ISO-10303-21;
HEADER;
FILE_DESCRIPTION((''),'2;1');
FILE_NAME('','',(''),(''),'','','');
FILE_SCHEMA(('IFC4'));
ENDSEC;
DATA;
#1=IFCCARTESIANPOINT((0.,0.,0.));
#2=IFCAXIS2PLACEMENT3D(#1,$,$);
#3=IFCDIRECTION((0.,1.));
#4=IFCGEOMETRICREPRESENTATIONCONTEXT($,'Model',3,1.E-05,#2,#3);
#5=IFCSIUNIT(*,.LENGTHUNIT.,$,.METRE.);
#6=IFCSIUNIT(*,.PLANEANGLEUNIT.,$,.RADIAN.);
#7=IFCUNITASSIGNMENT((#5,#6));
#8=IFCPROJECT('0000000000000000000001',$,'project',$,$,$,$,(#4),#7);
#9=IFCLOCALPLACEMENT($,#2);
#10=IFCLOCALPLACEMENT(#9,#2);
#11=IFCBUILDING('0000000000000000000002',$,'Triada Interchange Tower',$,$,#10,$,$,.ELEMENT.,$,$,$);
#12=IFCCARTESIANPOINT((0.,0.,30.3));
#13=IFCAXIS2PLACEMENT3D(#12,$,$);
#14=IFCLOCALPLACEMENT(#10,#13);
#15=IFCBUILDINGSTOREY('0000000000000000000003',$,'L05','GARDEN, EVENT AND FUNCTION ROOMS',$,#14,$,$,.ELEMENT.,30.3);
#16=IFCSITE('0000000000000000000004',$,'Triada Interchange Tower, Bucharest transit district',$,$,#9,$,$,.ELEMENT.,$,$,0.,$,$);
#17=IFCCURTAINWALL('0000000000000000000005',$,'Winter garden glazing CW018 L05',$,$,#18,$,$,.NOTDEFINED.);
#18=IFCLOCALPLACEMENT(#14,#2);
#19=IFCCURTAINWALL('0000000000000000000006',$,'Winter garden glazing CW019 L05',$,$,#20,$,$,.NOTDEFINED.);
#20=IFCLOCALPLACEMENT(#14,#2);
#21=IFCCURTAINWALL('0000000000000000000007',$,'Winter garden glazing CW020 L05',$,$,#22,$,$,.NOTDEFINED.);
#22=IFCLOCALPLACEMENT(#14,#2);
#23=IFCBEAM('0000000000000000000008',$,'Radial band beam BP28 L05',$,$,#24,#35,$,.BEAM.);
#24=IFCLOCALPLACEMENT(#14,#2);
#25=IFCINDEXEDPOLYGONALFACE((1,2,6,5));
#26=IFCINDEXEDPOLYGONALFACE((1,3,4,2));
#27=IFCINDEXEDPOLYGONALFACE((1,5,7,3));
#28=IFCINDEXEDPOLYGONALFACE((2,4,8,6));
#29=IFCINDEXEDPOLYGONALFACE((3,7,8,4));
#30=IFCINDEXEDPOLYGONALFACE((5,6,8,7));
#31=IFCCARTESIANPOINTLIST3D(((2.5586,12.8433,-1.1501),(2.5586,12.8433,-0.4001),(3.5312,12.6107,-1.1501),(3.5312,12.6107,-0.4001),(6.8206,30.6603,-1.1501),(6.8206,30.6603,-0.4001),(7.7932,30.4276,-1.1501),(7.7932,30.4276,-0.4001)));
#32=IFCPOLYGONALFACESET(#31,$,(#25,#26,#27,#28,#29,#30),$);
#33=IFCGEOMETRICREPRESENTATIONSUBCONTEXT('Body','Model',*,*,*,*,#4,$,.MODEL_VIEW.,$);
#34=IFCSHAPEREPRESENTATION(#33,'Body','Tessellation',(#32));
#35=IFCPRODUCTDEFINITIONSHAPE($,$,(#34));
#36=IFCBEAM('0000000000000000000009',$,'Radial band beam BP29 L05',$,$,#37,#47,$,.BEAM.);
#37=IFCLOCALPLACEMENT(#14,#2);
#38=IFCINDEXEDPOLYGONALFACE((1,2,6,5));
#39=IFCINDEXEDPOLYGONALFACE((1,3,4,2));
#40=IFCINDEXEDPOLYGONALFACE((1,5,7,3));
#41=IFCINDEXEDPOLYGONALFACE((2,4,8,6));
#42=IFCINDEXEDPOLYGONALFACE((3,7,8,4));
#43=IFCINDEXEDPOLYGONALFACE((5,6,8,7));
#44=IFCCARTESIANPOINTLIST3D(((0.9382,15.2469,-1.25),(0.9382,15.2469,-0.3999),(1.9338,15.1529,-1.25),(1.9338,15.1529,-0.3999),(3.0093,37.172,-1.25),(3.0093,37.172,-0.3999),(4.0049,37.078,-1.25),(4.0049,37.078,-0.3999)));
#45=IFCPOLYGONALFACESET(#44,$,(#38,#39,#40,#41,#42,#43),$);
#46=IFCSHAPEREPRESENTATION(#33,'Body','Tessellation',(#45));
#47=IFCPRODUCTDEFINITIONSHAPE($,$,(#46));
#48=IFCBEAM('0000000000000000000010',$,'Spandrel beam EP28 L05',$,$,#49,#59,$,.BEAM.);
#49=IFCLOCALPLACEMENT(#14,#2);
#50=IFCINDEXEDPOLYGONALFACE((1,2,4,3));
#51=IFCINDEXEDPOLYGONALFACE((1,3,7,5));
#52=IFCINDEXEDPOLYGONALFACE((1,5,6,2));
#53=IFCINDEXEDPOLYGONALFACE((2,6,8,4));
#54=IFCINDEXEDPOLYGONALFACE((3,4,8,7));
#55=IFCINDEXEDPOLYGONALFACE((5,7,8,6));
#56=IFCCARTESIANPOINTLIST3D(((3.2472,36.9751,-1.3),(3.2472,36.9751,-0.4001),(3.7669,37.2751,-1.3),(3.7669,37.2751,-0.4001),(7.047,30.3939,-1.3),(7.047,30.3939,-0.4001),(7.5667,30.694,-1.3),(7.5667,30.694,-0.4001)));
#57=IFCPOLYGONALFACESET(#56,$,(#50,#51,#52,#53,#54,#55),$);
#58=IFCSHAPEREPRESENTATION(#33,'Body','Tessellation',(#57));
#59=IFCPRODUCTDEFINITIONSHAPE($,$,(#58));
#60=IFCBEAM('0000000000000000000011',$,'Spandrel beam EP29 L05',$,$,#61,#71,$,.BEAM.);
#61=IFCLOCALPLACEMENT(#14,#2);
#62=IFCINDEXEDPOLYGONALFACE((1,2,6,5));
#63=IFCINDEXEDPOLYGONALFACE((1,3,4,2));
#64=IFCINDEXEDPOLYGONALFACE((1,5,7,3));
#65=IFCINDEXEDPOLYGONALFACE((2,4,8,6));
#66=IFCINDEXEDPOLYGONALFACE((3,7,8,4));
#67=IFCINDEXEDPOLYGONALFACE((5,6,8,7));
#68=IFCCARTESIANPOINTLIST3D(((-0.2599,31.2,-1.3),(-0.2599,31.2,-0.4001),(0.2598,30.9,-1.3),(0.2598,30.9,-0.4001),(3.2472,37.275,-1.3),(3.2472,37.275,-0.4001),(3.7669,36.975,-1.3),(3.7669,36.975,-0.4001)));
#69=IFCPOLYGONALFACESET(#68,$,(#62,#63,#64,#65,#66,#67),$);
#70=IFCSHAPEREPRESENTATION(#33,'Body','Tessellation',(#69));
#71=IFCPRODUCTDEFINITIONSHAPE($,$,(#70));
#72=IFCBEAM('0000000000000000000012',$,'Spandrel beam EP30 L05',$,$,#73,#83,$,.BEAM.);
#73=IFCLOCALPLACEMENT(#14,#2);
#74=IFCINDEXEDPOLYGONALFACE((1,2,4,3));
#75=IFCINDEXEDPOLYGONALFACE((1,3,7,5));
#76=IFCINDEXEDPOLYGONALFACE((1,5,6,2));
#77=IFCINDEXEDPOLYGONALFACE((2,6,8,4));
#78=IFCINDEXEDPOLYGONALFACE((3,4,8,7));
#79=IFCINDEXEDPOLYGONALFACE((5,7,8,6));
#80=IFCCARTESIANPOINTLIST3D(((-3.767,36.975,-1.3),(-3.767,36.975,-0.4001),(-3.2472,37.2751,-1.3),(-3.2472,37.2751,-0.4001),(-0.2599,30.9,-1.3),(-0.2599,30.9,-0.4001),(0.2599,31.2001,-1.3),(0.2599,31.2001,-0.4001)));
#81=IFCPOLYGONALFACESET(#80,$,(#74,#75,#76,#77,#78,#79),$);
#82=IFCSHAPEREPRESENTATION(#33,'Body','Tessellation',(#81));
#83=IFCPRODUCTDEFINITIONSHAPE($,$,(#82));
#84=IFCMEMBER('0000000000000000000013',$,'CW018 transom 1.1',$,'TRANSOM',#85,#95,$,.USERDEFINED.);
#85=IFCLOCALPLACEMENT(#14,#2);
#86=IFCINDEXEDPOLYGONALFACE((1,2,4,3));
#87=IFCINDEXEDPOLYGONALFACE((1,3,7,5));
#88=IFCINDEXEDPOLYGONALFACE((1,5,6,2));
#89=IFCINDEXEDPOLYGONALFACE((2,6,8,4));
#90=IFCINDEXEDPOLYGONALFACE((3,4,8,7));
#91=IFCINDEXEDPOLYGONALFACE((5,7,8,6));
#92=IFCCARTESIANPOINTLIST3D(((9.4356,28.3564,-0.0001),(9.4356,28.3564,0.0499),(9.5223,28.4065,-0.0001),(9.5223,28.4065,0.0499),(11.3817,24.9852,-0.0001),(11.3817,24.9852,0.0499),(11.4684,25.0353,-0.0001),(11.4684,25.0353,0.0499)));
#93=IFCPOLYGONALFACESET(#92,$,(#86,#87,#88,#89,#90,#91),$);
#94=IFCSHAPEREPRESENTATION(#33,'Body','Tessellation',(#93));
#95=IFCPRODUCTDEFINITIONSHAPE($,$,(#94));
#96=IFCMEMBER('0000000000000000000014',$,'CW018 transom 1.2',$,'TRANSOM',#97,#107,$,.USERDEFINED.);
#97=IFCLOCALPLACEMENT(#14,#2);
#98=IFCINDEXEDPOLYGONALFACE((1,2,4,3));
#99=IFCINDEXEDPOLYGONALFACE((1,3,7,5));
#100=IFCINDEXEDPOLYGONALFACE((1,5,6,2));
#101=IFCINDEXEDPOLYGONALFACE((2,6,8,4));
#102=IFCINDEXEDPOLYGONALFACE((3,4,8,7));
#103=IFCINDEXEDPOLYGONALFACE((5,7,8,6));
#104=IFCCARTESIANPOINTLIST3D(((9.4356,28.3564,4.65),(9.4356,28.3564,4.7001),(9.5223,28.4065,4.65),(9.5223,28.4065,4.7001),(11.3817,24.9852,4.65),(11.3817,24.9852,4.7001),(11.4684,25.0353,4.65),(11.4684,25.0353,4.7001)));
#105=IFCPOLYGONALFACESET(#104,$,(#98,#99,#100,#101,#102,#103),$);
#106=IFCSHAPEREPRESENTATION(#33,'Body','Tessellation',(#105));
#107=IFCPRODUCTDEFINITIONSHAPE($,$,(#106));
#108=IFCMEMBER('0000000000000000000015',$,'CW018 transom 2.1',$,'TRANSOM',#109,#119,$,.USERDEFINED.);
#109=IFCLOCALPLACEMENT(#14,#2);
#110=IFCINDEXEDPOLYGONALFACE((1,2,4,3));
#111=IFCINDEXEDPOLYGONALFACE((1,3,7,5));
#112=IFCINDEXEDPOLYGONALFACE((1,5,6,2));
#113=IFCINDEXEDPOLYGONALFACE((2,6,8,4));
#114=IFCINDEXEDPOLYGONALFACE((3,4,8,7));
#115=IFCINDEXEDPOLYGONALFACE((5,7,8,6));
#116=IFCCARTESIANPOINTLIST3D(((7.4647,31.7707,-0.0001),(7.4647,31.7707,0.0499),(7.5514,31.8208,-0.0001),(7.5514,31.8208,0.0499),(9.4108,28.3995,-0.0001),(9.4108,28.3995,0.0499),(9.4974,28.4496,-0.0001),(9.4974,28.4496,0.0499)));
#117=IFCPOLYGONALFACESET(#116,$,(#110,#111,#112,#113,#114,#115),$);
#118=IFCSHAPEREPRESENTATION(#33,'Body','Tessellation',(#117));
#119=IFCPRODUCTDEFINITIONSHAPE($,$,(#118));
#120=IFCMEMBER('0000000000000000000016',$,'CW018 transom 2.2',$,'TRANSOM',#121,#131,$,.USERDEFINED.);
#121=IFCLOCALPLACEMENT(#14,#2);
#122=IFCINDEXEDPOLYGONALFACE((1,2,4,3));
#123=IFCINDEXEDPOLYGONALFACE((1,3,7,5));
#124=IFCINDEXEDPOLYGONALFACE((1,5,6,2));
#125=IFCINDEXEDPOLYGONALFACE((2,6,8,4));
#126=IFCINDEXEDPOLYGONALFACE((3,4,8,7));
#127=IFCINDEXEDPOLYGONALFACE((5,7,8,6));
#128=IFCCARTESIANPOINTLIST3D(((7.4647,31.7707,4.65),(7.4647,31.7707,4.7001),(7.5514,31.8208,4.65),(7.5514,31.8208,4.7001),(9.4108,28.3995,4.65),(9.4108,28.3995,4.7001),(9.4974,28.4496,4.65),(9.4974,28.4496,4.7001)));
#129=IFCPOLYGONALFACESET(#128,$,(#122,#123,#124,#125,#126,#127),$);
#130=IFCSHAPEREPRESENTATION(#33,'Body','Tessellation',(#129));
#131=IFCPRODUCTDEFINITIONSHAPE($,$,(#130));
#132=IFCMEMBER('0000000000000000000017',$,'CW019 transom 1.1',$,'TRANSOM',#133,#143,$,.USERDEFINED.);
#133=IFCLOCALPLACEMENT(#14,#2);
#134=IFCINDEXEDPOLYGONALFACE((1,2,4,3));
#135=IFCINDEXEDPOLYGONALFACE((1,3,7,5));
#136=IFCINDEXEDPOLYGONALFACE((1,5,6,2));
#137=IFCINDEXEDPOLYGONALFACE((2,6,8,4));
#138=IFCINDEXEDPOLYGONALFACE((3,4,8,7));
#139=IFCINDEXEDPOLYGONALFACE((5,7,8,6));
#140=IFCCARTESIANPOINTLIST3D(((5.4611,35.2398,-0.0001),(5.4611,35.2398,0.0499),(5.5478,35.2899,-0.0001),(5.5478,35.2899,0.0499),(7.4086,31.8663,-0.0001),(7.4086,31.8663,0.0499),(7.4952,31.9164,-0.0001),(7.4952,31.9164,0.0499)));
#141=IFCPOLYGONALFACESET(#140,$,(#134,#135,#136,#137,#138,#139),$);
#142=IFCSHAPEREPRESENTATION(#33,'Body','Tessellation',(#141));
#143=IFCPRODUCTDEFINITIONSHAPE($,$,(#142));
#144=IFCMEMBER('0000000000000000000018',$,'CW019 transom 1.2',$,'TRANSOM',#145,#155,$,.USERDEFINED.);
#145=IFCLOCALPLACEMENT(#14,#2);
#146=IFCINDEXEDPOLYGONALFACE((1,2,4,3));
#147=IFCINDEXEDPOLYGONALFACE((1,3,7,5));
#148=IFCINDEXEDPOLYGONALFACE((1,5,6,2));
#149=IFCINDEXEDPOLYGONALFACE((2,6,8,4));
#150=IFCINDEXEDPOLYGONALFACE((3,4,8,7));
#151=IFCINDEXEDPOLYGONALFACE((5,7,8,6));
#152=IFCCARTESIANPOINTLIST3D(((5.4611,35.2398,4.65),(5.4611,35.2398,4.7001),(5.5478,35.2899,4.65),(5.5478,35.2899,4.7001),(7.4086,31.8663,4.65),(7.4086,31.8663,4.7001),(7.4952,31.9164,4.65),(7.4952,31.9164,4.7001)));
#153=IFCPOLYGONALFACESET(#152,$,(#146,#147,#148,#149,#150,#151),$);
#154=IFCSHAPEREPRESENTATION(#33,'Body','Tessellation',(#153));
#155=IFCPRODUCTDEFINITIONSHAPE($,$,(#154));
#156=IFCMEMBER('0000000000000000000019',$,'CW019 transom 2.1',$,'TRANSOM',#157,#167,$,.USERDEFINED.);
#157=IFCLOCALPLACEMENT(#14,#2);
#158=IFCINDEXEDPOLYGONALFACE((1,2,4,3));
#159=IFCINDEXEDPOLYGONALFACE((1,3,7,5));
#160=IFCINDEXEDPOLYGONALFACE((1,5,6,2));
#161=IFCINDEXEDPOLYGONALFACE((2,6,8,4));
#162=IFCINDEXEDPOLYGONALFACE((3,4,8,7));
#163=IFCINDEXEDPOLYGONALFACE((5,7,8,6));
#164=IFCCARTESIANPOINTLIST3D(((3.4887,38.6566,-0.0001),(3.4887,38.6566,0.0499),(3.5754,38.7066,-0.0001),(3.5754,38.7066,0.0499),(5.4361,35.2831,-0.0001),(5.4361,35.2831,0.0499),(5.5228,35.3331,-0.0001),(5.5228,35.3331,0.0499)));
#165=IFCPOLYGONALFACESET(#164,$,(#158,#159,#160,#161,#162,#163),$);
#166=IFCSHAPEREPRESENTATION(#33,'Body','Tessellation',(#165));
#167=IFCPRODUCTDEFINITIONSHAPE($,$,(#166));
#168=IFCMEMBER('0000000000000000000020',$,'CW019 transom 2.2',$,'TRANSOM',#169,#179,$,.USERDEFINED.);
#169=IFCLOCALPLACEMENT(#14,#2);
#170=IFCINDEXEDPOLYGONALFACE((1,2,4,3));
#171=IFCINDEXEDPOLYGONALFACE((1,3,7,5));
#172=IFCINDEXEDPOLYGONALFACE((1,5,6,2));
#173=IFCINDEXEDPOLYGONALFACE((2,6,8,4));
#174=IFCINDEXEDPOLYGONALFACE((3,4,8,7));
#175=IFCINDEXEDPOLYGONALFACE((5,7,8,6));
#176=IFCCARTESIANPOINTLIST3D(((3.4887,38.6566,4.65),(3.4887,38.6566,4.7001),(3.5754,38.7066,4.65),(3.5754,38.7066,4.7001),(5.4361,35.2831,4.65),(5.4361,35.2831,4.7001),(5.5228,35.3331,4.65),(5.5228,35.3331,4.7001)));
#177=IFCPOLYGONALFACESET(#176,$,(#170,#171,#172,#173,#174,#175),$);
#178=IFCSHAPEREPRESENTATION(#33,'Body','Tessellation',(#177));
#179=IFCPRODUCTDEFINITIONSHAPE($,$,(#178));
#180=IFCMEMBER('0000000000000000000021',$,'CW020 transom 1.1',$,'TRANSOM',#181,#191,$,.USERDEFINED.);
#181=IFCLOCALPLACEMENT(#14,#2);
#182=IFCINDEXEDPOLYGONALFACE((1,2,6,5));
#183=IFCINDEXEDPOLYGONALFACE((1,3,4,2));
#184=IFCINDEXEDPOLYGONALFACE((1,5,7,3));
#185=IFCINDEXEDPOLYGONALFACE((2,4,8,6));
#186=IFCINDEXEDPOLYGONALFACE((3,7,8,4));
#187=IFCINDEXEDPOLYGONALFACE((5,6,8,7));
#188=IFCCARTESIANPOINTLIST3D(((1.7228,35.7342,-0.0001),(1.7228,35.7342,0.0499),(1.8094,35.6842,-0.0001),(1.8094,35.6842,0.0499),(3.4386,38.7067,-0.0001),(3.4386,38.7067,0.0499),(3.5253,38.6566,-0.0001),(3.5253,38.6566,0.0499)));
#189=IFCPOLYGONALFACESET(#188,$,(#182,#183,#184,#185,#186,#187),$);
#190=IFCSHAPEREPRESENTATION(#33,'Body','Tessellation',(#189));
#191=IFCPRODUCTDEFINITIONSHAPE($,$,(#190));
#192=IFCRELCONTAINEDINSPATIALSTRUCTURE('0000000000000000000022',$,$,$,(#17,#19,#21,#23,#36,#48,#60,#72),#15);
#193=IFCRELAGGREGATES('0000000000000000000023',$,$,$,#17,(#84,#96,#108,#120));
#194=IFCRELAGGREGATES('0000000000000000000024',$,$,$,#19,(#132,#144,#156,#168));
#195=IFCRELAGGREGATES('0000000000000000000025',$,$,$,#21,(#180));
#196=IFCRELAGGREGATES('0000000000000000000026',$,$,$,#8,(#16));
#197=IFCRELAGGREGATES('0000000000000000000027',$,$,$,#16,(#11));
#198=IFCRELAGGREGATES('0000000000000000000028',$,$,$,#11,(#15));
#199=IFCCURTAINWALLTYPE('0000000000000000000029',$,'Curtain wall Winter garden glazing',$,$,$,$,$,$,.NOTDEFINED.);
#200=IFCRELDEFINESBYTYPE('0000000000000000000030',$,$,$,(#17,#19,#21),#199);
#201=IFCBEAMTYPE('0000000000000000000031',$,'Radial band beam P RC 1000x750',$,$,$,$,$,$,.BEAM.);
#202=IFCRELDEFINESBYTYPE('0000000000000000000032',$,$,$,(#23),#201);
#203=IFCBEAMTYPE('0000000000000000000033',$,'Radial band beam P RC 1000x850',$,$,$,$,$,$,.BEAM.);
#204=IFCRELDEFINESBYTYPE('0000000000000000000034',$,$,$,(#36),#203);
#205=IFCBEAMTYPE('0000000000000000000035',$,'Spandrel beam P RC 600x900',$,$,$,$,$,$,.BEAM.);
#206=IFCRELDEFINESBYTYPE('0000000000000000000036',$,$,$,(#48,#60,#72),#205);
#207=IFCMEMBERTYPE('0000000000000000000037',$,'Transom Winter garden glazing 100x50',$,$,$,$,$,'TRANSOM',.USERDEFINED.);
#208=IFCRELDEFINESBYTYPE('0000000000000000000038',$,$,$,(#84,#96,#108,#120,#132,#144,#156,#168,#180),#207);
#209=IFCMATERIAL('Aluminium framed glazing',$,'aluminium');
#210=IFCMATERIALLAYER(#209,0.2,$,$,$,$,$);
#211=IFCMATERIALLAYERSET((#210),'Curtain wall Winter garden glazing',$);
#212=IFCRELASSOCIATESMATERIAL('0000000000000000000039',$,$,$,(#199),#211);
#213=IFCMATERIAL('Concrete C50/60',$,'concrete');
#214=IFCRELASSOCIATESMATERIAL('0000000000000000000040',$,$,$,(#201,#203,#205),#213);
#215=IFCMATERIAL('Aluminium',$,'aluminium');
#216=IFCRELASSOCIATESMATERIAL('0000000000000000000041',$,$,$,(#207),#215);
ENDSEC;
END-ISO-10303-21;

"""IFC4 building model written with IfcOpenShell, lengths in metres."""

from ifc_helpers import new_model, si_unit, direction, frame, origin, origin_2d, place, context, subcontext, project, spatial, rectangle, extrude, material, layer, layer_set, material_profile, profile_set, type_object, element, aggregate, save


model = new_model("IFC4")

# Units and contexts
model_context = context("Model", 3, precision=1e-05, world=origin(), true_north=direction((0.0, 1.0)))
body_context = subcontext(model_context, "Body", "Model", "MODEL_VIEW")
ifc_project = project(units=[si_unit("LENGTHUNIT", "METRE"), si_unit("PLANEANGLEUNIT", "RADIAN")], contexts=[model_context])

# Site, building, storey
site_placement = place(None, origin())
site = spatial("IfcSite", under=ifc_project, at=site_placement, Name="Triada Interchange Tower, Bucharest transit district", CompositionType="ELEMENT", RefElevation=0.0)
building_placement = place(site_placement, origin())
building = spatial("IfcBuilding", under=site, at=building_placement, Name="Triada Interchange Tower", CompositionType="ELEMENT")
storey_placement = place(building_placement, frame((0.0, 0.0, 30.3)))
storey = spatial("IfcBuildingStorey", under=building, at=storey_placement, Name="L05", Description="GARDEN, EVENT AND FUNCTION ROOMS", CompositionType="ELEMENT", Elevation=30.3)

# Curtain walls
ifc_material_1 = material(Name="Aluminium framed glazing", Category="aluminium")
ifc_layer_1 = layer(ifc_material_1, 0.2)
ifc_layer_set_1 = layer_set([ifc_layer_1], Name="Curtain wall Winter garden glazing")
curtain_wall_type = type_object("IfcCurtainWallType", Name="Curtain wall Winter garden glazing", PredefinedType="NOTDEFINED", material=ifc_layer_set_1)
curtain_wall_1_placement = place(storey_placement, origin())
curtain_wall_1 = element("IfcCurtainWall", 1, at=curtain_wall_1_placement, inside=storey, type_object=curtain_wall_type, Name="Winter garden glazing CW018 L05", PredefinedType="NOTDEFINED")
ifc_material_2 = material(Name="Aluminium", Category="aluminium")
curtain_wall_2_placement = place(storey_placement, origin())
curtain_wall_2 = element("IfcCurtainWall", 2, at=curtain_wall_2_placement, inside=storey, type_object=curtain_wall_type, Name="Winter garden glazing CW019 L05", PredefinedType="NOTDEFINED")
curtain_wall_3_placement = place(storey_placement, origin())
curtain_wall_3 = element("IfcCurtainWall", 3, at=curtain_wall_3_placement, inside=storey, type_object=curtain_wall_type, Name="Winter garden glazing CW020 L05", PredefinedType="NOTDEFINED")

# Beams
ifc_material_3 = material(Name="Concrete C50/60", Category="concrete")
ifc_material_profile_1 = material_profile(ifc_material_3, rectangle(XDim=1.0, YDim=0.75, at=origin_2d()), Name="RC 1000x750")
ifc_profile_set_1 = profile_set([ifc_material_profile_1], Name="Concrete C50/60")
beam_type_1 = type_object("IfcBeamType", Name="Radial band beam P RC 1000x750", PredefinedType="BEAM", material=ifc_profile_set_1)
beam_1_placement = place(storey_placement, frame((7.3069, 30.5439, -0.7751), z_axis=(-0.232646, -0.972562, 0.0), x_axis=(0.972562, -0.232646, 0.0)))
element("IfcBeam", 4, at=beam_1_placement, inside=storey, type_object=beam_type_1, Name="Radial band beam BP28 L05", PredefinedType="BEAM", context=body_context, shape_type="SweptSolid", body=[
    extrude(rectangle(XDim=1.0, YDim=0.75, at=origin_2d()), origin(), (0.0, 0.0, 1.0), 18.3196),
])
ifc_material_profile_2 = material_profile(ifc_material_3, rectangle(XDim=1.0, YDim=0.8501, at=origin_2d()), Name="RC 1000x850")
ifc_profile_set_2 = profile_set([ifc_material_profile_2], Name="Concrete C50/60")
beam_type_2 = type_object("IfcBeamType", Name="Radial band beam P RC 1000x850", PredefinedType="BEAM", material=ifc_profile_set_2)
beam_2_placement = place(storey_placement, frame((3.5071, 37.125, -0.825), z_axis=(-0.094042, -0.995568, 0.0), x_axis=(0.995568, -0.094042, 0.0)))
element("IfcBeam", 5, at=beam_2_placement, inside=storey, type_object=beam_type_2, Name="Radial band beam BP29 L05", PredefinedType="BEAM", context=body_context, shape_type="SweptSolid", body=[
    extrude(rectangle(XDim=1.0, YDim=0.8501, at=origin_2d()), origin(), (0.0, 0.0, 1.0), 22.0227),
])
ifc_material_profile_3 = material_profile(ifc_material_3, rectangle(XDim=0.6001, YDim=0.8999, at=origin_2d()), Name="RC 600x900")
ifc_profile_set_3 = profile_set([ifc_material_profile_3], Name="Concrete C50/60")
beam_type_3 = type_object("IfcBeamType", Name="Spandrel beam P RC 600x900", PredefinedType="BEAM", material=ifc_profile_set_3)
beam_3_placement = place(storey_placement, frame((7.3069, 30.5439, -0.8501), z_axis=(-0.500023, 0.866012, 0.0), x_axis=(-0.866012, -0.500023, 0.0)))
element("IfcBeam", 6, at=beam_3_placement, inside=storey, type_object=beam_type_3, Name="Spandrel beam EP28 L05", PredefinedType="BEAM", context=body_context, shape_type="SweptSolid", body=[
    extrude(rectangle(XDim=0.6001, YDim=0.8999, at=origin_2d()), origin(), (0.0, 0.0, 1.0), 7.5994),
])
for number, where, z_axis, x_axis, name in (
    (7, (3.5071, 37.125, -0.8501), (-0.499968, -0.866044, 0.0), (0.866044, -0.499968, 0.0), "Spandrel beam EP29 L05"),
    (8, (0.0, 31.05, -0.8501), (-0.499968, 0.866044, 0.0), (-0.866044, -0.499968, 0.0), "Spandrel beam EP30 L05"),
):
    element("IfcBeam", number, at=place(storey_placement, frame(where, z_axis=z_axis, x_axis=x_axis)), inside=storey, type_object=beam_type_3, Name=name, PredefinedType="BEAM", context=body_context, shape_type="SweptSolid", body=[
        extrude(rectangle(XDim=0.6001, YDim=0.8999, at=origin_2d()), origin(), (0.0, 0.0, 1.0), 7.0146),
    ])

# Members
ifc_material_profile_4 = material_profile(ifc_material_2, rectangle(XDim=0.1001, YDim=0.05, at=origin_2d()), Name="Aluminium transom")
ifc_profile_set_4 = profile_set([ifc_material_profile_4], Name="Aluminium")
member_type_1 = type_object("IfcMemberType", Name="Transom Winter garden glazing 100x50", ElementType="TRANSOM", PredefinedType="USERDEFINED", material=ifc_profile_set_4)
member_1_placement = place(storey_placement, frame((11.425, 25.0103, 0.0249), z_axis=(-0.49995, 0.866054, 0.0), x_axis=(-0.866054, -0.49995, 0.0)))
member_1 = element("IfcMember", 9, at=member_1_placement, type_object=member_type_1, Name="CW018 transom 1.1", ObjectType="TRANSOM", PredefinedType="USERDEFINED", context=body_context, shape_type="SweptSolid", body=[
    extrude(rectangle(XDim=0.1001, YDim=0.05, at=origin_2d()), origin(), (0.0, 0.0, 1.0), 3.8926),
])
member_2_placement = place(storey_placement, frame((11.425, 25.0103, 4.675), z_axis=(-0.49995, 0.866054, 0.0), x_axis=(-0.866054, -0.49995, 0.0)))
member_2 = element("IfcMember", 10, at=member_2_placement, type_object=member_type_1, Name="CW018 transom 1.2", ObjectType="TRANSOM", PredefinedType="USERDEFINED", context=body_context, shape_type="SweptSolid", body=[
    extrude(rectangle(XDim=0.1001, YDim=0.05, at=origin_2d()), origin(), (0.0, 0.0, 1.0), 3.8926),
])
member_3_placement = place(storey_placement, frame((9.4541, 28.4246, 0.0249), z_axis=(-0.49995, 0.866054, 0.0), x_axis=(-0.866054, -0.49995, 0.0)))
member_3 = element("IfcMember", 11, at=member_3_placement, type_object=member_type_1, Name="CW018 transom 2.1", ObjectType="TRANSOM", PredefinedType="USERDEFINED", context=body_context, shape_type="SweptSolid", body=[
    extrude(rectangle(XDim=0.1001, YDim=0.05, at=origin_2d()), origin(), (0.0, 0.0, 1.0), 3.8926),
])
member_4_placement = place(storey_placement, frame((9.4541, 28.4246, 4.675), z_axis=(-0.49995, 0.866054, 0.0), x_axis=(-0.866054, -0.49995, 0.0)))
member_4 = element("IfcMember", 12, at=member_4_placement, type_object=member_type_1, Name="CW018 transom 2.2", ObjectType="TRANSOM", PredefinedType="USERDEFINED", context=body_context, shape_type="SweptSolid", body=[
    extrude(rectangle(XDim=0.1001, YDim=0.05, at=origin_2d()), origin(), (0.0, 0.0, 1.0), 3.8926),
])
member_5_placement = place(storey_placement, frame((7.4519, 31.8914, 0.0249), z_axis=(-0.499961, 0.866048, 0.0), x_axis=(-0.866048, -0.499961, 0.0)))
member_5 = element("IfcMember", 13, at=member_5_placement, type_object=member_type_1, Name="CW019 transom 1.1", ObjectType="TRANSOM", PredefinedType="USERDEFINED", context=body_context, shape_type="SweptSolid", body=[
    extrude(rectangle(XDim=0.1001, YDim=0.05, at=origin_2d()), origin(), (0.0, 0.0, 1.0), 3.8953),
])
member_6_placement = place(storey_placement, frame((7.4519, 31.8914, 4.675), z_axis=(-0.499961, 0.866048, 0.0), x_axis=(-0.866048, -0.499961, 0.0)))
member_6 = element("IfcMember", 14, at=member_6_placement, type_object=member_type_1, Name="CW019 transom 1.2", ObjectType="TRANSOM", PredefinedType="USERDEFINED", context=body_context, shape_type="SweptSolid", body=[
    extrude(rectangle(XDim=0.1001, YDim=0.05, at=origin_2d()), origin(), (0.0, 0.0, 1.0), 3.8953),
])
member_7_placement = place(storey_placement, frame((5.4795, 35.3081, 0.0249), z_axis=(-0.499961, 0.866048, 0.0), x_axis=(-0.866048, -0.499961, 0.0)))
member_7 = element("IfcMember", 15, at=member_7_placement, type_object=member_type_1, Name="CW019 transom 2.1", ObjectType="TRANSOM", PredefinedType="USERDEFINED", context=body_context, shape_type="SweptSolid", body=[
    extrude(rectangle(XDim=0.1001, YDim=0.05, at=origin_2d()), origin(), (0.0, 0.0, 1.0), 3.8953),
])
member_8_placement = place(storey_placement, frame((5.4795, 35.3081, 4.675), z_axis=(-0.499961, 0.866048, 0.0), x_axis=(-0.866048, -0.499961, 0.0)))
member_8 = element("IfcMember", 16, at=member_8_placement, type_object=member_type_1, Name="CW019 transom 2.2", ObjectType="TRANSOM", PredefinedType="USERDEFINED", context=body_context, shape_type="SweptSolid", body=[
    extrude(rectangle(XDim=0.1001, YDim=0.05, at=origin_2d()), origin(), (0.0, 0.0, 1.0), 3.8953),
])
member_9_placement = place(storey_placement, frame((3.4819, 38.6816, 0.0249), z_axis=(-0.499934, -0.866064, 0.0), x_axis=(0.866064, -0.499934, 0.0)))
member_9 = element("IfcMember", 17, at=member_9_placement, type_object=member_type_1, Name="CW020 transom 1.1", ObjectType="TRANSOM", PredefinedType="USERDEFINED", context=body_context, shape_type="SweptSolid", body=[
    extrude(rectangle(XDim=0.1001, YDim=0.05, at=origin_2d()), origin(), (0.0, 0.0, 1.0), 3.4321),
])

aggregate(curtain_wall_1, [member_1, member_2, member_3, member_4])
aggregate(curtain_wall_2, [member_5, member_6, member_7, member_8])
aggregate(curtain_wall_3, [member_9])

save(model, "model.ifc")
